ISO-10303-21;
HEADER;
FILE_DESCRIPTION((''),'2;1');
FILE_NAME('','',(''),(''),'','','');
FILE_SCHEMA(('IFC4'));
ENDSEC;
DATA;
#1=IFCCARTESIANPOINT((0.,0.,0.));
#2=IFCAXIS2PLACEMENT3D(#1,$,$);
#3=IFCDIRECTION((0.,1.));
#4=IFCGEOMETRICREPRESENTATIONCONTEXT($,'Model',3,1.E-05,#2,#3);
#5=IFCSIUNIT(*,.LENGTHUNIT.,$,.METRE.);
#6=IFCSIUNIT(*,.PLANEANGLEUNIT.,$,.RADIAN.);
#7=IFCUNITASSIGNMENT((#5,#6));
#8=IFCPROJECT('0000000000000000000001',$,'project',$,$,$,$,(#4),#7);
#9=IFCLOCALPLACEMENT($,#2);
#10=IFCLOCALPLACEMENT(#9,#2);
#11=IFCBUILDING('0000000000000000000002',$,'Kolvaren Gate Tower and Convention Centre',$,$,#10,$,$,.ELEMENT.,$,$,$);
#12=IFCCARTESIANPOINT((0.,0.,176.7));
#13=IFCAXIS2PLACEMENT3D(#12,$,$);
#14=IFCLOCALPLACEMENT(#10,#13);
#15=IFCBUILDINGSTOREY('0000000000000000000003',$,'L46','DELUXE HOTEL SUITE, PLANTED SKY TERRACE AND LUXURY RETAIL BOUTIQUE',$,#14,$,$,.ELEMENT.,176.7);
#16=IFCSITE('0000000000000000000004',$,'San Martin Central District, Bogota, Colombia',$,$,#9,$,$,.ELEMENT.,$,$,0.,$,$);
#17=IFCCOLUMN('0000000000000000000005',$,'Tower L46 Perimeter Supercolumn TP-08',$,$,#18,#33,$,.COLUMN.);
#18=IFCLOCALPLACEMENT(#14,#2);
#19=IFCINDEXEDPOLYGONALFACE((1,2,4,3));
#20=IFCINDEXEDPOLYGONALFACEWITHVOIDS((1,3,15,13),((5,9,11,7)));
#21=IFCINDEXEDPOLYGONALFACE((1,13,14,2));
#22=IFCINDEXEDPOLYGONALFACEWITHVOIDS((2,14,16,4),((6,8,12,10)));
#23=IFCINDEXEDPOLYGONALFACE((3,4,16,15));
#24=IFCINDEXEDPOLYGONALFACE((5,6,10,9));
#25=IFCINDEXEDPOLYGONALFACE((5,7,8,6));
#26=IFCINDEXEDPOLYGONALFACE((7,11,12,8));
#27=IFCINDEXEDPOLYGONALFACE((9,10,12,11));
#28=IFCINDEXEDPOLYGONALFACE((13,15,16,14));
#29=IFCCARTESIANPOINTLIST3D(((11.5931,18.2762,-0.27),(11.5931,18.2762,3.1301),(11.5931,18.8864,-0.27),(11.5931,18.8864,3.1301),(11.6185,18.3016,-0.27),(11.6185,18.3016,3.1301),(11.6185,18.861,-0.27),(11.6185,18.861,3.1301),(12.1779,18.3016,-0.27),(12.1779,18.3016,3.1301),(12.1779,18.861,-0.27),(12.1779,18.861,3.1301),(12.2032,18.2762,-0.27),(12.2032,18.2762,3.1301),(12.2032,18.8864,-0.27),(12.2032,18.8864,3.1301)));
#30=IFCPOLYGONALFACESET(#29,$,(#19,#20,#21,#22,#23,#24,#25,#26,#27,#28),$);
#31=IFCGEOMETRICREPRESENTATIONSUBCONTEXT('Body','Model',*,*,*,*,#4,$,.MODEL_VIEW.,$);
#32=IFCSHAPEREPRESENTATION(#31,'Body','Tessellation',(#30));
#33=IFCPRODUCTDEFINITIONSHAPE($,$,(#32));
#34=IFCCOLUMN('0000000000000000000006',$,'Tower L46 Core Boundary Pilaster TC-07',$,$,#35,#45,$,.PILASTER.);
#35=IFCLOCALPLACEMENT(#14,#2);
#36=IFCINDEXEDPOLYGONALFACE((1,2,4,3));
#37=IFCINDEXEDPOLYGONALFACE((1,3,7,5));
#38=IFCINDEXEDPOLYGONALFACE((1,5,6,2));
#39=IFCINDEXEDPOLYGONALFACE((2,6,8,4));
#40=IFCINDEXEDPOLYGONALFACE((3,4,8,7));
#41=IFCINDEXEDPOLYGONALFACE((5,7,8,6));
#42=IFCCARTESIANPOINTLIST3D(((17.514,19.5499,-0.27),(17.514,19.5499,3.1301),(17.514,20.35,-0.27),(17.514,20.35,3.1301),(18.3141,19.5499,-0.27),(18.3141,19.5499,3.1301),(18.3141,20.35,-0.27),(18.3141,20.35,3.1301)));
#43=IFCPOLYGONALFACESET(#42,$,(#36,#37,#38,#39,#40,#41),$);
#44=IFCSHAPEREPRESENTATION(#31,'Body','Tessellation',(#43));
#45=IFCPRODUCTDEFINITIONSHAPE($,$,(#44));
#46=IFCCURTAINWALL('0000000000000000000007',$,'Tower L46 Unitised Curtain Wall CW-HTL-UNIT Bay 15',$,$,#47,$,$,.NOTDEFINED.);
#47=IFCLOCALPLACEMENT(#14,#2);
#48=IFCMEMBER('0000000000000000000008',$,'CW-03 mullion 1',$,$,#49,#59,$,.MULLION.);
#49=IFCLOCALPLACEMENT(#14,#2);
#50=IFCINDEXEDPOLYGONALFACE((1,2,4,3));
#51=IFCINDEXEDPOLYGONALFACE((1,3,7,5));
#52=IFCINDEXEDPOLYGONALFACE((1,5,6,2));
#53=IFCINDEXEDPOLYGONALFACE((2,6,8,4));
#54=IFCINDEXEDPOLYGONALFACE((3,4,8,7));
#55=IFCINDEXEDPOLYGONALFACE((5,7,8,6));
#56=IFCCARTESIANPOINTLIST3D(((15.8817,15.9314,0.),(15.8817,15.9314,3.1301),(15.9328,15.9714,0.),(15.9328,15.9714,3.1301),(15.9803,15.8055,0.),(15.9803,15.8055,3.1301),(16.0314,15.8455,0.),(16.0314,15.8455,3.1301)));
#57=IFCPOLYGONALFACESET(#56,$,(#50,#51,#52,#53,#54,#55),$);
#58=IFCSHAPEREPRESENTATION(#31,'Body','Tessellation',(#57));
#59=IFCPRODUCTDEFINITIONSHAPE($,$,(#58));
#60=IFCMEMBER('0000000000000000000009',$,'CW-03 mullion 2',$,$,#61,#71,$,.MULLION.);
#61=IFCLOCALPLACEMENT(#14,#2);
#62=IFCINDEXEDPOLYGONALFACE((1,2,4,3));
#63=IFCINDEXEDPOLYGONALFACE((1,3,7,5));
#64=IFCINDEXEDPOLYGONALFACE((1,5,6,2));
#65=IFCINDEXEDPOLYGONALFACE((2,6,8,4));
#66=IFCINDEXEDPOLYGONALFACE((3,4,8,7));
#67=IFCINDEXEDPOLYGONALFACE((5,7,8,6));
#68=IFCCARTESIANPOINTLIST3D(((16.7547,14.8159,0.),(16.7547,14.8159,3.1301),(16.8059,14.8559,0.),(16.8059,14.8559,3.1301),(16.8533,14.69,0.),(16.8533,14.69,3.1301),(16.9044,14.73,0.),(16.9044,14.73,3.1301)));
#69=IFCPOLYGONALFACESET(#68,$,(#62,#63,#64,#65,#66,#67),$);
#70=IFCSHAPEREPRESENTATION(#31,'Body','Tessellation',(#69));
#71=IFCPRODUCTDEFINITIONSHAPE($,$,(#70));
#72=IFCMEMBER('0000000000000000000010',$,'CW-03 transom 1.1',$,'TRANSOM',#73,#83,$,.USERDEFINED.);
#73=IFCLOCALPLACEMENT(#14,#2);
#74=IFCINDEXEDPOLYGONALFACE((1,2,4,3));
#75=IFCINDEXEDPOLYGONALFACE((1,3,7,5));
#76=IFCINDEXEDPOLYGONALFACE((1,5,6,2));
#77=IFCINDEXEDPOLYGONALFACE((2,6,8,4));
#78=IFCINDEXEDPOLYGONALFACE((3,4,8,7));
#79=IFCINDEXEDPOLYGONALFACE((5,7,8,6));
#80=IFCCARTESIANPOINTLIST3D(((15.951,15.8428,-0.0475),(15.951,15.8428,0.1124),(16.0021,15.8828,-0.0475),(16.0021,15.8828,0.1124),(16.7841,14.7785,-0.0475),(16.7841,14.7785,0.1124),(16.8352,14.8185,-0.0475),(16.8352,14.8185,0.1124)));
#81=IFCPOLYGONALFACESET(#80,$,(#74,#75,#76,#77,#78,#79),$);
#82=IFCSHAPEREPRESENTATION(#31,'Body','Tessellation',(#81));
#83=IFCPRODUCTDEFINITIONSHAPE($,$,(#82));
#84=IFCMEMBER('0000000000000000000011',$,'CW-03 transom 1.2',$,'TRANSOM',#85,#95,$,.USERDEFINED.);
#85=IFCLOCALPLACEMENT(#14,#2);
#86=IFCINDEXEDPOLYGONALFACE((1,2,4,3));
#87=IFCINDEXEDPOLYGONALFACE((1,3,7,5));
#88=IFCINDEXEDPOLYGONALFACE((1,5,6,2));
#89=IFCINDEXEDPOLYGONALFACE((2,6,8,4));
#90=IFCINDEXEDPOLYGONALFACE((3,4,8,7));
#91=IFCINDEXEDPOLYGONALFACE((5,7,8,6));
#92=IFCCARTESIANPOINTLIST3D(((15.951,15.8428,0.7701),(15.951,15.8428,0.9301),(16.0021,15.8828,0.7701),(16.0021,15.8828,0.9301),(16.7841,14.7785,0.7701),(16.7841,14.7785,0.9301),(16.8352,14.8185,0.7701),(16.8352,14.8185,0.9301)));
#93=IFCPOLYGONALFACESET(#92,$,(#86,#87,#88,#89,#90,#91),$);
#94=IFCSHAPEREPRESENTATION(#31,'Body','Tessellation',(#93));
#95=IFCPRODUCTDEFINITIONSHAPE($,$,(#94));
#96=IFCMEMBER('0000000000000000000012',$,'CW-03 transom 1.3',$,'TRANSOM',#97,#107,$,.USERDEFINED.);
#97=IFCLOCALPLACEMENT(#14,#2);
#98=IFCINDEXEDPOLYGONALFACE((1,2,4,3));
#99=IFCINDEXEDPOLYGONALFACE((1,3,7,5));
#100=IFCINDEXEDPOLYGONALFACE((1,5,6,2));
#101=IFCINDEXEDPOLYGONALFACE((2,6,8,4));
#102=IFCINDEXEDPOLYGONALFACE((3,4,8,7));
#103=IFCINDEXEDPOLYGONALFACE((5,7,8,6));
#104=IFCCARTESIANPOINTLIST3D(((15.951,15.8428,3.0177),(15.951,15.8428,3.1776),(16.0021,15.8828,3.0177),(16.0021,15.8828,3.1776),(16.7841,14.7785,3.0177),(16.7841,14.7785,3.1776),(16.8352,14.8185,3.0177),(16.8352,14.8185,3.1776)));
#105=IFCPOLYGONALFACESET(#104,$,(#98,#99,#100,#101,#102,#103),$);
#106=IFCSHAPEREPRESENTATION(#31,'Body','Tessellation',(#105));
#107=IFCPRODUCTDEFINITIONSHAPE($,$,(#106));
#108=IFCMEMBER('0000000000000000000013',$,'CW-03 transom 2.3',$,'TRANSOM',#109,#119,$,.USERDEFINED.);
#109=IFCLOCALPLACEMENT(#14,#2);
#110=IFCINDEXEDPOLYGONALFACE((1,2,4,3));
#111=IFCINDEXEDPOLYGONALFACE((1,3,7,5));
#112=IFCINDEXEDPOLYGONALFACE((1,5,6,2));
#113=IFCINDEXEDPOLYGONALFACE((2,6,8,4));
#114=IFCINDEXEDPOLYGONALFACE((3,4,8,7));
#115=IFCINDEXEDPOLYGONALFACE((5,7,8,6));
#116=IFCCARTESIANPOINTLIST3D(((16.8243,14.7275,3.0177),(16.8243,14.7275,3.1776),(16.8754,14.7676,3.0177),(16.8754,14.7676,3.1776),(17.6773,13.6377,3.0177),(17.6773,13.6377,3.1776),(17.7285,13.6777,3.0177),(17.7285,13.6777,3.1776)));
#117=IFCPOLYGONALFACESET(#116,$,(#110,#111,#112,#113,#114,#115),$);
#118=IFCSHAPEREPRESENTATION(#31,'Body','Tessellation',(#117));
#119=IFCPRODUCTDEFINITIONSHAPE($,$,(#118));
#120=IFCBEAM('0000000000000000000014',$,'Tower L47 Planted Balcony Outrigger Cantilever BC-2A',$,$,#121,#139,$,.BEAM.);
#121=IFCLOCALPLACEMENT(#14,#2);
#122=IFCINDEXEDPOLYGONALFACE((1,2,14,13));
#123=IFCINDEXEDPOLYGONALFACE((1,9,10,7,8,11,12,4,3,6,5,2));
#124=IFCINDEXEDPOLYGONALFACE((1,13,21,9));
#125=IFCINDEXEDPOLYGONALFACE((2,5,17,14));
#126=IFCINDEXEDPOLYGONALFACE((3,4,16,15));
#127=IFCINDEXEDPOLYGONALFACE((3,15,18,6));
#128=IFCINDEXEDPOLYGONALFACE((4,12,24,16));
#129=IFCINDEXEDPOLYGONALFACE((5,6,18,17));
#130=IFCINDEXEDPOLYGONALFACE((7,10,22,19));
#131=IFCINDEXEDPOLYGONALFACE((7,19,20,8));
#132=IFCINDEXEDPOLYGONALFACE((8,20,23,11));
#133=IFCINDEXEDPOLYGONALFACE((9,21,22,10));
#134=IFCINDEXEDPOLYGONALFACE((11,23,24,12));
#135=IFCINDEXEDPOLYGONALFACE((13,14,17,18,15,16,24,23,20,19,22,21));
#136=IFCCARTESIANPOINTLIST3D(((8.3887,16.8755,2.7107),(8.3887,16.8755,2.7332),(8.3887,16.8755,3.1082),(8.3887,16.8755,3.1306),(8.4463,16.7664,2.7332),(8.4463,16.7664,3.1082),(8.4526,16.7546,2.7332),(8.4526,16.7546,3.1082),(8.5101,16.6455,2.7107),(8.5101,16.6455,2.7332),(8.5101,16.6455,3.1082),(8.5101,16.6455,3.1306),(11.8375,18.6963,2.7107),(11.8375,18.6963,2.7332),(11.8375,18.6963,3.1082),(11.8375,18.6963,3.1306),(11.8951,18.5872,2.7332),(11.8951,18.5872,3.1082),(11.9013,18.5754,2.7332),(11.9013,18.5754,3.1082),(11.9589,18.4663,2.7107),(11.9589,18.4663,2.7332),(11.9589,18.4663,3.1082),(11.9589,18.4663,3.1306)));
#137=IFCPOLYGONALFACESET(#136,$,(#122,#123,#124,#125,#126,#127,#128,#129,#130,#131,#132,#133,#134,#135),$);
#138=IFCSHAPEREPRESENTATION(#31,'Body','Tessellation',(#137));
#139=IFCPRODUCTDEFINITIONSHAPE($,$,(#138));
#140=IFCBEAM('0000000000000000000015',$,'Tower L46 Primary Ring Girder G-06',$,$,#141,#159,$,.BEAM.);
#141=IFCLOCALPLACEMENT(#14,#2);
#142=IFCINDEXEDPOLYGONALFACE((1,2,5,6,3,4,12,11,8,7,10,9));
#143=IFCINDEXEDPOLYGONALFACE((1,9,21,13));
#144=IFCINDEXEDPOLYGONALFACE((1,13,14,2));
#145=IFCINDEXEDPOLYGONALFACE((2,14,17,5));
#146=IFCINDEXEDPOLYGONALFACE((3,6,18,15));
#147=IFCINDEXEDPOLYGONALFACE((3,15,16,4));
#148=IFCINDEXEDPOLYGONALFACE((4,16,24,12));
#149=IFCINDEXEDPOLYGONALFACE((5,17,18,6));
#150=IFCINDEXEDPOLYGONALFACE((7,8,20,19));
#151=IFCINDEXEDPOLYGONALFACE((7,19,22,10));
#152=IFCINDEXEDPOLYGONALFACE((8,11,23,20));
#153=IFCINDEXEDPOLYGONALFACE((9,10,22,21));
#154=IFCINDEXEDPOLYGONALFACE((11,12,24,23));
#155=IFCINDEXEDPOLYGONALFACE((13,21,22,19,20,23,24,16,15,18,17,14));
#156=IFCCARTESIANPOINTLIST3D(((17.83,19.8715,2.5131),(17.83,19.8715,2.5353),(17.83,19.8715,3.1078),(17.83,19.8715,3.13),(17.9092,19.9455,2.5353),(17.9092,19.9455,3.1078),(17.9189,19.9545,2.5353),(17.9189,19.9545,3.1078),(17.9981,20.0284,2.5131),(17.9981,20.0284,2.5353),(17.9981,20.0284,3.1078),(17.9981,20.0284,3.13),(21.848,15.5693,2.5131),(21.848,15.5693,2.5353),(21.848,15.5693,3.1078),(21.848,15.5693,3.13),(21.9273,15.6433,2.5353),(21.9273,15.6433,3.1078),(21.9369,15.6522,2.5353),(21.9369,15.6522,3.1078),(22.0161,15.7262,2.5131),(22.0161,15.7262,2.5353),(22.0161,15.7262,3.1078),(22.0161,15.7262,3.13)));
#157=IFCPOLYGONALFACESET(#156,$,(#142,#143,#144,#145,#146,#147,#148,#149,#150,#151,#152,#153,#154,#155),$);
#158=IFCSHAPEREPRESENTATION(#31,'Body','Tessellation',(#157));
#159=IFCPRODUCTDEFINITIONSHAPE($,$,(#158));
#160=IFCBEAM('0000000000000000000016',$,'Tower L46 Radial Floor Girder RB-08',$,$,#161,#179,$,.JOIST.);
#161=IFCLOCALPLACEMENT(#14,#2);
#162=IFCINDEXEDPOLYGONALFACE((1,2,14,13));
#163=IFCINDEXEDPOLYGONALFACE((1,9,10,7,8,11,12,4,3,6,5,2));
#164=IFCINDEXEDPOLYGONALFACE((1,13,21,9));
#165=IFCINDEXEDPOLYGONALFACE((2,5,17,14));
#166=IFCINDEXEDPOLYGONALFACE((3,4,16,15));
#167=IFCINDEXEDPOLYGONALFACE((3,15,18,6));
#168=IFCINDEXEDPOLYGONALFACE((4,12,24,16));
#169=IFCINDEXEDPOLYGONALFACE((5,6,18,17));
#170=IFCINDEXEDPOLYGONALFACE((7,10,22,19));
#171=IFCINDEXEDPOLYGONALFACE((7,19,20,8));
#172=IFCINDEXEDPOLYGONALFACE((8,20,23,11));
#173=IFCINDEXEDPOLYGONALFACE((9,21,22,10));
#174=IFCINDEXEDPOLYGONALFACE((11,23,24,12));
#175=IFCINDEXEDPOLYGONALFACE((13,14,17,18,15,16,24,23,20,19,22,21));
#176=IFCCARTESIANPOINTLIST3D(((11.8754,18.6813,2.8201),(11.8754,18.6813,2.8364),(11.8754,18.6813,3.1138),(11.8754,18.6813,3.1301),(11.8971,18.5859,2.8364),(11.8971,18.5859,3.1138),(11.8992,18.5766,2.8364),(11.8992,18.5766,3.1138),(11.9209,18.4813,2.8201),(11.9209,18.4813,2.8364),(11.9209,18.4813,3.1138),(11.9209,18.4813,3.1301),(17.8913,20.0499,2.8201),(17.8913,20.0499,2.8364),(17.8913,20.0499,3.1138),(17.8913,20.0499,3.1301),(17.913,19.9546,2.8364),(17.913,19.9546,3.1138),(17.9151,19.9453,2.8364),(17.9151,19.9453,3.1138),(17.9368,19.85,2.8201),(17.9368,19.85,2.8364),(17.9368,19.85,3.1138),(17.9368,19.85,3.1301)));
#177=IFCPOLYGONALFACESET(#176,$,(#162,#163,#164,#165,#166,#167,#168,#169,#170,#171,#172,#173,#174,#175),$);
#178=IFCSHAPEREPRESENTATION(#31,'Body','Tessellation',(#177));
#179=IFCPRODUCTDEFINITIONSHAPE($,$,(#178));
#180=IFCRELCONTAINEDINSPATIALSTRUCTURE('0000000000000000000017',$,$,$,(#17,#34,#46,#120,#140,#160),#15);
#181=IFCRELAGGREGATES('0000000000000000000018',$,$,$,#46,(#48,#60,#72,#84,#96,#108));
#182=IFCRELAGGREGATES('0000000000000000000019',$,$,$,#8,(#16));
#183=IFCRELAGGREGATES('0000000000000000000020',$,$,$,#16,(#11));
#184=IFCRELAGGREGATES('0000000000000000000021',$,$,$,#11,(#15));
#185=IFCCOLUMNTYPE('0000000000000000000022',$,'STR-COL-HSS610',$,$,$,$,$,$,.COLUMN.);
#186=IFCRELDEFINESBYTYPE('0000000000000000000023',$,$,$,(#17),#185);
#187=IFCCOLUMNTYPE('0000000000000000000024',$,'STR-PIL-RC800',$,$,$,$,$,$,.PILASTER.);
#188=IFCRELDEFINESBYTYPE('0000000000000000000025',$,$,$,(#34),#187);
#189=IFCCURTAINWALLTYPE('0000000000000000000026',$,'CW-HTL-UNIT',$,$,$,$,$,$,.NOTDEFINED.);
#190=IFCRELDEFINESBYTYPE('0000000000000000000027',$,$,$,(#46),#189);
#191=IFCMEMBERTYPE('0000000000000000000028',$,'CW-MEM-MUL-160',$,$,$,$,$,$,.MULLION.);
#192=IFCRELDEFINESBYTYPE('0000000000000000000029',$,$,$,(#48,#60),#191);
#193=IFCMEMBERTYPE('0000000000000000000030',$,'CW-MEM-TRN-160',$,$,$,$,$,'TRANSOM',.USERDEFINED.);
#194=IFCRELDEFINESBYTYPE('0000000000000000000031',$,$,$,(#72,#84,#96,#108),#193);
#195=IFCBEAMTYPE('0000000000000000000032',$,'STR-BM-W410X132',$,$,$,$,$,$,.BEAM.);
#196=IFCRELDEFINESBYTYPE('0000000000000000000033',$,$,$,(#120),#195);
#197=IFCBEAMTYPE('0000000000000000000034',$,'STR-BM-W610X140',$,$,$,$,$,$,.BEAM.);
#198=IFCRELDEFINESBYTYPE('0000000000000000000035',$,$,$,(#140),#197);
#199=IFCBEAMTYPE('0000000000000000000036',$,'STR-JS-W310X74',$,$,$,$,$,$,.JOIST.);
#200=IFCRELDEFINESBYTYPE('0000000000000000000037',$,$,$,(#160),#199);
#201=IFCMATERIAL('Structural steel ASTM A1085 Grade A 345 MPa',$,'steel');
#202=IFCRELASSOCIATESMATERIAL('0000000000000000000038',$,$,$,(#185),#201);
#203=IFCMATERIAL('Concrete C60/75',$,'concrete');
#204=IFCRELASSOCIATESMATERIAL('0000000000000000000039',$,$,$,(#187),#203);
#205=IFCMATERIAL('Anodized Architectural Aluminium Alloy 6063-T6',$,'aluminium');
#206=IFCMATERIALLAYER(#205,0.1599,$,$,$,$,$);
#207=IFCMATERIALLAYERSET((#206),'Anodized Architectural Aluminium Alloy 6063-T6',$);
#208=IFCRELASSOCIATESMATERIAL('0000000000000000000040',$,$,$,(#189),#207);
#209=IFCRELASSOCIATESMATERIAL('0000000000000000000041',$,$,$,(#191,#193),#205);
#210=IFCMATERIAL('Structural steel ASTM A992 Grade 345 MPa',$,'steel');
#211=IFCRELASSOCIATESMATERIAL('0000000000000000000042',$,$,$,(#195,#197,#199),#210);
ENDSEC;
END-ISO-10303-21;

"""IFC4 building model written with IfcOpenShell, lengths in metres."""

from ifc_helpers import new_model, si_unit, direction, frame, origin, origin_2d, place, context, subcontext, project, spatial, rectangle, hollow_rectangle, i_section, extrude, material, layer, layer_set, material_profile, profile_set, type_object, element, aggregate, save


model = new_model("IFC4")

# Units and contexts
model_context = context("Model", 3, precision=1e-05, world=origin(), true_north=direction((0.0, 1.0)))
body_context = subcontext(model_context, "Body", "Model", "MODEL_VIEW")
ifc_project = project(units=[si_unit("LENGTHUNIT", "METRE"), si_unit("PLANEANGLEUNIT", "RADIAN")], contexts=[model_context])

# Site, building, storey
site_placement = place(None, origin())
site = spatial("IfcSite", under=ifc_project, at=site_placement, Name="San Martin Central District, Bogota, Colombia", CompositionType="ELEMENT", RefElevation=0.0)
building_placement = place(site_placement, origin())
building = spatial("IfcBuilding", under=site, at=building_placement, Name="Kolvaren Gate Tower and Convention Centre", CompositionType="ELEMENT")
storey_placement = place(building_placement, frame((0.0, 0.0, 176.7)))
storey = spatial("IfcBuildingStorey", under=building, at=storey_placement, Name="L46", Description="DELUXE HOTEL SUITE, PLANTED SKY TERRACE AND LUXURY RETAIL BOUTIQUE", CompositionType="ELEMENT", Elevation=176.7)

# Columns
ifc_material_1 = material(Name="Structural steel ASTM A1085 Grade A 345 MPa", Category="steel")
ifc_material_profile_1 = material_profile(ifc_material_1, hollow_rectangle(XDim=0.6101, YDim=0.6101, WallThickness=0.0254, at=origin_2d()), Name="HSS610X610X25.4")
ifc_profile_set_1 = profile_set([ifc_material_profile_1], Name="Structural steel ASTM A1085 Grade A 345 MPa")
column_type_1 = type_object("IfcColumnType", Name="STR-COL-HSS610", PredefinedType="COLUMN", material=ifc_profile_set_1)
column_1_placement = place(storey_placement, frame((11.8982, 18.5813, -0.27), z_axis=(0.0, 0.0, 1.0), x_axis=(1.0, 0.0, 0.0)))
element("IfcColumn", 1, at=column_1_placement, inside=storey, type_object=column_type_1, Name="Tower L46 Perimeter Supercolumn TP-08", PredefinedType="COLUMN", context=body_context, shape_type="SweptSolid", body=[
    extrude(hollow_rectangle(XDim=0.6101, YDim=0.6101, WallThickness=0.0254, at=origin_2d()), origin(), (0.0, 0.0, 1.0), 3.4001),
])
ifc_material_2 = material(Name="Concrete C60/75", Category="concrete")
ifc_material_profile_2 = material_profile(ifc_material_2, rectangle(XDim=0.8, YDim=0.8, at=origin_2d()), Name="RC-COL-800X800")
ifc_profile_set_2 = profile_set([ifc_material_profile_2], Name="Concrete C60/75")
column_type_2 = type_object("IfcColumnType", Name="STR-PIL-RC800", PredefinedType="PILASTER", material=ifc_profile_set_2)
column_2_placement = place(storey_placement, frame((17.9141, 19.95, -0.27), z_axis=(0.0, 0.0, 1.0), x_axis=(1.0, 0.0, 0.0)))
element("IfcColumn", 2, at=column_2_placement, inside=storey, type_object=column_type_2, Name="Tower L46 Core Boundary Pilaster TC-07", PredefinedType="PILASTER", context=body_context, shape_type="SweptSolid", body=[
    extrude(rectangle(XDim=0.8, YDim=0.8, at=origin_2d()), origin(), (0.0, 0.0, 1.0), 3.4001),
])

# Curtain wall, members
ifc_material_3 = material(Name="Anodized Architectural Aluminium Alloy 6063-T6", Category="aluminium")
ifc_layer_1 = layer(ifc_material_3, 0.1599)
ifc_layer_set_1 = layer_set([ifc_layer_1], Name="Anodized Architectural Aluminium Alloy 6063-T6")
curtain_wall_type = type_object("IfcCurtainWallType", Name="CW-HTL-UNIT", PredefinedType="NOTDEFINED", material=ifc_layer_set_1)
curtain_wall_placement = place(storey_placement, origin())
curtain_wall = element("IfcCurtainWall", 3, at=curtain_wall_placement, inside=storey, type_object=curtain_wall_type, Name="Tower L46 Unitised Curtain Wall CW-HTL-UNIT Bay 15", PredefinedType="NOTDEFINED")
ifc_material_profile_3 = material_profile(ifc_material_3, rectangle(XDim=0.0649, YDim=0.1599, at=origin_2d()), Name="CW-MEM-MUL-160")
ifc_profile_set_3 = profile_set([ifc_material_profile_3], Name="Anodized Architectural Aluminium Alloy 6063-T6")
member_type_1 = type_object("IfcMemberType", Name="CW-MEM-MUL-160", PredefinedType="MULLION", material=ifc_profile_set_3)
member_1_placement = place(storey_placement, frame((15.9565, 15.8884, 0.0), z_axis=(0.0, 0.0, 1.0), x_axis=(0.787415, 0.616424, 0.0)))
member_1 = element("IfcMember", 4, at=member_1_placement, type_object=member_type_1, Name="CW-03 mullion 1", PredefinedType="MULLION", context=body_context, shape_type="SweptSolid", body=[
    extrude(rectangle(XDim=0.0649, YDim=0.1599, at=origin_2d()), origin(), (0.0, 0.0, 1.0), 3.1301),
])
member_2_placement = place(storey_placement, frame((16.8296, 14.7729, 0.0), z_axis=(0.0, 0.0, 1.0), x_axis=(0.787415, 0.616424, 0.0)))
member_2 = element("IfcMember", 5, at=member_2_placement, type_object=member_type_1, Name="CW-03 mullion 2", PredefinedType="MULLION", context=body_context, shape_type="SweptSolid", body=[
    extrude(rectangle(XDim=0.0649, YDim=0.1599, at=origin_2d()), origin(), (0.0, 0.0, 1.0), 3.1301),
])
ifc_material_profile_4 = material_profile(ifc_material_3, rectangle(XDim=0.0649, YDim=0.1599, at=origin_2d()), Name="CW-MEM-TRN-160")
ifc_profile_set_4 = profile_set([ifc_material_profile_4], Name="Anodized Architectural Aluminium Alloy 6063-T6")
member_type_2 = type_object("IfcMemberType", Name="CW-MEM-TRN-160", ElementType="TRANSOM", PredefinedType="USERDEFINED", material=ifc_profile_set_4)
member_3_placement = place(storey_placement, frame((15.9766, 15.8628, 0.0325), z_axis=(0.616376, -0.787452, 0.0), x_axis=(0.787452, 0.616376, 0.0)))
member_3 = element("IfcMember", 6, at=member_3_placement, type_object=member_type_2, Name="CW-03 transom 1.1", ObjectType="TRANSOM", PredefinedType="USERDEFINED", context=body_context, shape_type="SweptSolid", body=[
    extrude(rectangle(XDim=0.0649, YDim=0.1599, at=origin_2d()), origin(), (0.0, 0.0, 1.0), 1.3516),
])
member_4_placement = place(storey_placement, frame((15.9766, 15.8628, 0.8501), z_axis=(0.616376, -0.787452, 0.0), x_axis=(0.787452, 0.616376, 0.0)))
member_4 = element("IfcMember", 7, at=member_4_placement, type_object=member_type_2, Name="CW-03 transom 1.2", ObjectType="TRANSOM", PredefinedType="USERDEFINED", context=body_context, shape_type="SweptSolid", body=[
    extrude(rectangle(XDim=0.0649, YDim=0.1599, at=origin_2d()), origin(), (0.0, 0.0, 1.0), 1.3516),
])
member_5_placement = place(storey_placement, frame((15.9766, 15.8628, 3.0977), z_axis=(0.616376, -0.787452, 0.0), x_axis=(0.787452, 0.616376, 0.0)))
member_5 = element("IfcMember", 8, at=member_5_placement, type_object=member_type_2, Name="CW-03 transom 1.3", ObjectType="TRANSOM", PredefinedType="USERDEFINED", context=body_context, shape_type="SweptSolid", body=[
    extrude(rectangle(XDim=0.0649, YDim=0.1599, at=origin_2d()), origin(), (0.0, 0.0, 1.0), 1.3516),
])
member_6_placement = place(storey_placement, frame((16.8499, 14.7476, 3.0977), z_axis=(0.616356, -0.787468, 0.0), x_axis=(0.787468, 0.616356, 0.0)))
member_6 = element("IfcMember", 9, at=member_6_placement, type_object=member_type_2, Name="CW-03 transom 2.3", ObjectType="TRANSOM", PredefinedType="USERDEFINED", context=body_context, shape_type="SweptSolid", body=[
    extrude(rectangle(XDim=0.0649, YDim=0.1599, at=origin_2d()), origin(), (0.0, 0.0, 1.0), 1.384),
])

# Beams
ifc_material_4 = material(Name="Structural steel ASTM A992 Grade 345 MPa", Category="steel")
ifc_material_profile_5 = material_profile(ifc_material_4, i_section(OverallWidth=0.26, OverallDepth=0.4199, WebThickness=0.0134, FlangeThickness=0.0225, at=origin_2d()), Name="W410X132")
ifc_profile_set_5 = profile_set([ifc_material_profile_5], Name="Structural steel ASTM A992 Grade 345 MPa")
beam_type_1 = type_object("IfcBeamType", Name="STR-BM-W410X132", PredefinedType="BEAM", material=ifc_profile_set_5)
beam_1_placement = place(storey_placement, frame((11.8982, 18.5813, 2.9207), z_axis=(-0.884317, -0.466886, 0.0), x_axis=(0.466886, -0.884317, 0.0)))
element("IfcBeam", 10, at=beam_1_placement, inside=storey, type_object=beam_type_1, Name="Tower L47 Planted Balcony Outrigger Cantilever BC-2A", PredefinedType="BEAM", context=body_context, shape_type="SweptSolid", body=[
    extrude(i_section(OverallWidth=0.26, OverallDepth=0.4199, WebThickness=0.0134, FlangeThickness=0.0225, at=origin_2d()), origin(), (0.0, 0.0, 1.0), 3.8999),
])
ifc_material_profile_6 = material_profile(ifc_material_4, i_section(OverallWidth=0.23, OverallDepth=0.6169, WebThickness=0.0132, FlangeThickness=0.0222, at=origin_2d()), Name="W610X140")
ifc_profile_set_6 = profile_set([ifc_material_profile_6], Name="Structural steel ASTM A992 Grade 345 MPa")
beam_type_2 = type_object("IfcBeamType", Name="STR-BM-W610X140", PredefinedType="BEAM", material=ifc_profile_set_6)
beam_2_placement = place(storey_placement, frame((17.9141, 19.95, 2.8215), z_axis=(0.682558, -0.730832, 0.0), x_axis=(0.730832, 0.682558, 0.0)))
element("IfcBeam", 11, at=beam_2_placement, inside=storey, type_object=beam_type_2, Name="Tower L46 Primary Ring Girder G-06", PredefinedType="BEAM", context=body_context, shape_type="SweptSolid", body=[
    extrude(i_section(OverallWidth=0.23, OverallDepth=0.6169, WebThickness=0.0132, FlangeThickness=0.0222, at=origin_2d()), origin(), (0.0, 0.0, 1.0), 5.8867),
])
ifc_material_profile_7 = material_profile(ifc_material_4, i_section(OverallWidth=0.2051, OverallDepth=0.3101, WebThickness=0.0095, FlangeThickness=0.0164, at=origin_2d()), Name="W310X74")
ifc_profile_set_7 = profile_set([ifc_material_profile_7], Name="Structural steel ASTM A992 Grade 345 MPa")
beam_type_3 = type_object("IfcBeamType", Name="STR-JS-W310X74", PredefinedType="JOIST", material=ifc_profile_set_7)
beam_3_placement = place(storey_placement, frame((17.9141, 19.95, 2.9751), z_axis=(-0.975083, -0.221838, 0.0), x_axis=(0.221838, -0.975083, 0.0)))
element("IfcBeam", 12, at=beam_3_placement, inside=storey, type_object=beam_type_3, Name="Tower L46 Radial Floor Girder RB-08", PredefinedType="JOIST", context=body_context, shape_type="SweptSolid", body=[
    extrude(i_section(OverallWidth=0.2051, OverallDepth=0.3101, WebThickness=0.0095, FlangeThickness=0.0164, at=origin_2d()), origin(), (0.0, 0.0, 1.0), 6.1697),
])

aggregate(curtain_wall, [member_1, member_2, member_3, member_4, member_5, member_6])

save(model, "model.ifc")
